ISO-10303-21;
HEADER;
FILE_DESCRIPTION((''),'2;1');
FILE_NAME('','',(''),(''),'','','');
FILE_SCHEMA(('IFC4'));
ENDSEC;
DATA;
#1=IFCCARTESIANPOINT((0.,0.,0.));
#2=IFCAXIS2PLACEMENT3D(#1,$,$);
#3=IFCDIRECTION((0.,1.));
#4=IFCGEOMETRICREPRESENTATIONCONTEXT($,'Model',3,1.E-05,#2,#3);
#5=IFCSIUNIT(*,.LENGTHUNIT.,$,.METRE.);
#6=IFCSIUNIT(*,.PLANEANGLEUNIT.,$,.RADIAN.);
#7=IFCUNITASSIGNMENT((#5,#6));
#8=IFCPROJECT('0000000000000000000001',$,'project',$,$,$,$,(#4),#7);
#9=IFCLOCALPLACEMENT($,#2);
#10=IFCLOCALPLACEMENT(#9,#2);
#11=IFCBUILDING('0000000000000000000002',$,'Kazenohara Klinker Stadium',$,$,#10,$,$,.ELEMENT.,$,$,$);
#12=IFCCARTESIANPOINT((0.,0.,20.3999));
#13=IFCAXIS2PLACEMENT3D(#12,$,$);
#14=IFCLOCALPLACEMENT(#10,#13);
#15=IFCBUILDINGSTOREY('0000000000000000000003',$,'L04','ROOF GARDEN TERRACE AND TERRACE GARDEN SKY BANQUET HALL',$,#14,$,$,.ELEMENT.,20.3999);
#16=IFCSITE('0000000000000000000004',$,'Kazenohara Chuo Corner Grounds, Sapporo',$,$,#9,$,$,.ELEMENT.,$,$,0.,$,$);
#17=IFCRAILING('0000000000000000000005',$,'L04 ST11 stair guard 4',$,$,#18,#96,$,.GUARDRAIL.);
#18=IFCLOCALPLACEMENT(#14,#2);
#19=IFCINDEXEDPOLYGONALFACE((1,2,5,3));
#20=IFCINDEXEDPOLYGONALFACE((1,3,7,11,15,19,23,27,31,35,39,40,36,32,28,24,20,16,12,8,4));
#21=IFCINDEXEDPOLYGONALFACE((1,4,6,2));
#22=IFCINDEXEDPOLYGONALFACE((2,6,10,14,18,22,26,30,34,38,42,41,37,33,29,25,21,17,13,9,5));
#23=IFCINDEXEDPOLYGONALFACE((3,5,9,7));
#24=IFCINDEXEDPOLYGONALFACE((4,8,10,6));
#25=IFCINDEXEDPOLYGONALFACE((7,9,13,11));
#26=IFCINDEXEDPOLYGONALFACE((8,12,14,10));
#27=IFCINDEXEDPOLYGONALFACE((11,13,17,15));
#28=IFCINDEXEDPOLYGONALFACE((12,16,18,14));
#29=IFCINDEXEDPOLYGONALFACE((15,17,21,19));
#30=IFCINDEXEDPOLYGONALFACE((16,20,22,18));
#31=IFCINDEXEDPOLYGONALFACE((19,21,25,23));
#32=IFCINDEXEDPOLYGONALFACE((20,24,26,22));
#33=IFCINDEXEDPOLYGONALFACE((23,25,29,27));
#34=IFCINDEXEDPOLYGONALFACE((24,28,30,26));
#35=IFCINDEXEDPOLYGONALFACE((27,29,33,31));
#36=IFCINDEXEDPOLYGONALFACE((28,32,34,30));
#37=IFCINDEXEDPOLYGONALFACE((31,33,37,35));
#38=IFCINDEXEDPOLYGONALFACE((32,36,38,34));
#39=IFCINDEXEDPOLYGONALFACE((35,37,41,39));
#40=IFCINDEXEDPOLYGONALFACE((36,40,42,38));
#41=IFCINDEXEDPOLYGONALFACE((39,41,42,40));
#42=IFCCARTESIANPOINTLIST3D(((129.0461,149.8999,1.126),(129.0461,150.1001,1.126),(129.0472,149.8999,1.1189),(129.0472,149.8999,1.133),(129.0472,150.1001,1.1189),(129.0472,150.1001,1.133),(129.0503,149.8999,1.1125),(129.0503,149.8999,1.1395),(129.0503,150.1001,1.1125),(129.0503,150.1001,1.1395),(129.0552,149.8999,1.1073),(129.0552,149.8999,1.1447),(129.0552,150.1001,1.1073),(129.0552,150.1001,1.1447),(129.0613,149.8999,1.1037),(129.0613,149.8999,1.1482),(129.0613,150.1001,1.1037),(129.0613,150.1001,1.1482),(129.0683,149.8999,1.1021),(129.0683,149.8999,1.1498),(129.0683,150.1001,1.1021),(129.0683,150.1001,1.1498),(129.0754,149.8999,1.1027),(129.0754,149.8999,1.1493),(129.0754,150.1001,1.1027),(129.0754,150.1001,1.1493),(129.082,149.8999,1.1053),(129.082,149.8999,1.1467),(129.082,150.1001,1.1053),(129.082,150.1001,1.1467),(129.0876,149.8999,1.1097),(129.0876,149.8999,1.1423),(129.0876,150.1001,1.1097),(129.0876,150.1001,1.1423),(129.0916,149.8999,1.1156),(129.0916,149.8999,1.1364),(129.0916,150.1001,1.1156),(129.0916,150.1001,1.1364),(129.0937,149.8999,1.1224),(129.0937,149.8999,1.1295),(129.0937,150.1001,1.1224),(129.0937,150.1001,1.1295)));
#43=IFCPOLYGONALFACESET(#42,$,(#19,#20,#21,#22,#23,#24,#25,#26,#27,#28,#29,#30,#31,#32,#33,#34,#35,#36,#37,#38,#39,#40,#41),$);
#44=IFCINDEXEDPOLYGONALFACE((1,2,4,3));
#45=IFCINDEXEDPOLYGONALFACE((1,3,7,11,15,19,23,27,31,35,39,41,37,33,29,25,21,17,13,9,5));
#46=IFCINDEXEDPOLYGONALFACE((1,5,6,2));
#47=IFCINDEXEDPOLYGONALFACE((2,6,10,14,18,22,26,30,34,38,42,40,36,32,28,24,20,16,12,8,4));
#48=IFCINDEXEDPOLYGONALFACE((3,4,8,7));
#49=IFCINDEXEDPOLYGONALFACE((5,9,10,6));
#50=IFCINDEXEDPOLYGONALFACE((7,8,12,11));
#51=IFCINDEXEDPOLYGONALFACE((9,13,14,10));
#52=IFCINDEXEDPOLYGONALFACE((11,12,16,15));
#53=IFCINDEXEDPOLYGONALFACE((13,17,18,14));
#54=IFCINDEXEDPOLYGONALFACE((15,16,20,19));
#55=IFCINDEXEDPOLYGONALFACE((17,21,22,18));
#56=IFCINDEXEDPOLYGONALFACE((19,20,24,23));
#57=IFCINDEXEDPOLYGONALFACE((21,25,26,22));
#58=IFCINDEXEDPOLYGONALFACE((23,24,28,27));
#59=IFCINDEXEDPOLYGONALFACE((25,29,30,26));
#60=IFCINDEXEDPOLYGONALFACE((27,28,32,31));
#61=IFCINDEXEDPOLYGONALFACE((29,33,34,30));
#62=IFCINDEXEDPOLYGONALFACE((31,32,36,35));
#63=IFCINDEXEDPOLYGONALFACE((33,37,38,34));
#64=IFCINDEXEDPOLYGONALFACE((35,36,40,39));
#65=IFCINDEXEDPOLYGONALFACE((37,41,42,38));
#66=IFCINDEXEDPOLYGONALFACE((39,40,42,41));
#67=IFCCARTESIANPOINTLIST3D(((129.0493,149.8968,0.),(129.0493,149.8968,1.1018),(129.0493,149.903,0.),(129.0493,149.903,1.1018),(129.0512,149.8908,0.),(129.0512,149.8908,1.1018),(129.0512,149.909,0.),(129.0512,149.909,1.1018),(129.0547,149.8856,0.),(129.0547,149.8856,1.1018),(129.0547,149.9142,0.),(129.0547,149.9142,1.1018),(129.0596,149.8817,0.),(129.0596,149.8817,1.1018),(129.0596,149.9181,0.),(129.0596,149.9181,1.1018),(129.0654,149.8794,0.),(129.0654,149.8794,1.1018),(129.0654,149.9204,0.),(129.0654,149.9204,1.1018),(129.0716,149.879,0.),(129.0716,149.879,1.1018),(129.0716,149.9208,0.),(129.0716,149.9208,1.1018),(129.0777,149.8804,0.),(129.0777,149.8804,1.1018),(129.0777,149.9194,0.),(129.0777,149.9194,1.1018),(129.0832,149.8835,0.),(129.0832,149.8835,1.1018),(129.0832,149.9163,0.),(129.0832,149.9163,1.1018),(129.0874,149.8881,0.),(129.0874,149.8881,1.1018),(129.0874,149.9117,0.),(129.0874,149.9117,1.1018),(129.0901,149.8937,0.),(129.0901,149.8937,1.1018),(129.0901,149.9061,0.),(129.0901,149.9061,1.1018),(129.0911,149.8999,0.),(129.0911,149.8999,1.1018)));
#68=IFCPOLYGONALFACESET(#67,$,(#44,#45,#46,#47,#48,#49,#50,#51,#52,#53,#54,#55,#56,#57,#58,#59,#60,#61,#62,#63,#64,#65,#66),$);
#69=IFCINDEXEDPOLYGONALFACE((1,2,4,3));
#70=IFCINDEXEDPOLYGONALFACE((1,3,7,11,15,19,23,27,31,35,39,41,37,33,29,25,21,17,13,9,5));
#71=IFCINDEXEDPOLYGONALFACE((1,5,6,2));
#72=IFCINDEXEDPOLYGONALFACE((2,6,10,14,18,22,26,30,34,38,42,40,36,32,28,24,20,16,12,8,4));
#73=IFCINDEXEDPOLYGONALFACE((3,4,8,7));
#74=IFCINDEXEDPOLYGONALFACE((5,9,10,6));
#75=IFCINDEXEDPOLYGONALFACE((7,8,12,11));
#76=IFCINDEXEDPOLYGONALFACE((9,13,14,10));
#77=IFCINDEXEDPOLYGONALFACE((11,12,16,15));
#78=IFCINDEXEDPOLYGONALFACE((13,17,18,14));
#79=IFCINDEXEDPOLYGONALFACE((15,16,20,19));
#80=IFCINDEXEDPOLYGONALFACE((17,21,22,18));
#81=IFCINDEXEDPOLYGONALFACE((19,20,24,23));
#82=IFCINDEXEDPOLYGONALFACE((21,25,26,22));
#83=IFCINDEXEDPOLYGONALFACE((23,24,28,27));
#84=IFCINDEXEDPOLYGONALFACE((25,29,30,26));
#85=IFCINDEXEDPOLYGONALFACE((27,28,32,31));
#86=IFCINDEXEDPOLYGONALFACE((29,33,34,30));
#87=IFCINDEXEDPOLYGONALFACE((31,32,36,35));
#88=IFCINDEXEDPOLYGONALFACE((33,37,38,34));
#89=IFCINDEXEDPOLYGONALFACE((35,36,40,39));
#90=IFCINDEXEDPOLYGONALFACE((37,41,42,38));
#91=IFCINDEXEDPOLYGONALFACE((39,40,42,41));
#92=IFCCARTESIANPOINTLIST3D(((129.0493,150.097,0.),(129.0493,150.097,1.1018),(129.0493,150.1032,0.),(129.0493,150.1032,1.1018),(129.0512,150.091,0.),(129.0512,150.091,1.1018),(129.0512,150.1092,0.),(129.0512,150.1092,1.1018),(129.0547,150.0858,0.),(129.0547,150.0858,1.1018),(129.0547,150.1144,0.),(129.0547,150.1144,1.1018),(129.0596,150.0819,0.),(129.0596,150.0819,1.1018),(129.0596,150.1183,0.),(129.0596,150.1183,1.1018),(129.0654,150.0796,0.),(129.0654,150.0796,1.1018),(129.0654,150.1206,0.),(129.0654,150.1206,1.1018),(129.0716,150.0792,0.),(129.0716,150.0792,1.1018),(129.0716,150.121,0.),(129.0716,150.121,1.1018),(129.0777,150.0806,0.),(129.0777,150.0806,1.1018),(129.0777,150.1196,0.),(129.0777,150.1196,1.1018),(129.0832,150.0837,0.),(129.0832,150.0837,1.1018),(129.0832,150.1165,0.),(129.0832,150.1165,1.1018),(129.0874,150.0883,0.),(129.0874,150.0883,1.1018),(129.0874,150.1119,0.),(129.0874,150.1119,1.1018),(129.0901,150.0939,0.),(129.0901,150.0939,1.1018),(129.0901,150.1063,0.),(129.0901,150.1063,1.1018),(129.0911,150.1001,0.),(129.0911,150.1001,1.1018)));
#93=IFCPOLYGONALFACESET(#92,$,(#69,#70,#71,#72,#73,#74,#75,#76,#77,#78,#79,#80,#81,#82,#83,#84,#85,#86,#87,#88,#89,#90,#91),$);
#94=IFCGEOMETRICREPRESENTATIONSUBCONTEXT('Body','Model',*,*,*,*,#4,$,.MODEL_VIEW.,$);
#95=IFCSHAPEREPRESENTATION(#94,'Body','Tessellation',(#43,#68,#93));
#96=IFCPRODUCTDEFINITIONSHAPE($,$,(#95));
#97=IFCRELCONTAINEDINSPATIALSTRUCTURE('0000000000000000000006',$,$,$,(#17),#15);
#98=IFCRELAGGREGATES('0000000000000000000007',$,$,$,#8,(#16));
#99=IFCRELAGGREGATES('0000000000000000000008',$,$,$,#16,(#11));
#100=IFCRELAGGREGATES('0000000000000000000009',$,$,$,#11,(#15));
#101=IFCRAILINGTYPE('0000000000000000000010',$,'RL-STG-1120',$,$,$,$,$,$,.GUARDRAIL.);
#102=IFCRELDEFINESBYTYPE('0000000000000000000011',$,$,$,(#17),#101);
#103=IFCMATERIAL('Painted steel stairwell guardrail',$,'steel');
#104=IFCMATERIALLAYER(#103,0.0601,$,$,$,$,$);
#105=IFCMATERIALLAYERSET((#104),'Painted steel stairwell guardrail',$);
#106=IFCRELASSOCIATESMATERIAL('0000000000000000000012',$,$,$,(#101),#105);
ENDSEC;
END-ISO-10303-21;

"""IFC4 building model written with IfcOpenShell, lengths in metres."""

from ifc_helpers import new_model, si_unit, direction, frame, origin, origin_2d, place, context, subcontext, project, spatial, circle, extrude, material, layer, layer_set, type_object, element, save


model = new_model("IFC4")

# Units and contexts
model_context = context("Model", 3, precision=1e-05, world=origin(), true_north=direction((0.0, 1.0)))
body_context = subcontext(model_context, "Body", "Model", "MODEL_VIEW")
ifc_project = project(units=[si_unit("LENGTHUNIT", "METRE"), si_unit("PLANEANGLEUNIT", "RADIAN")], contexts=[model_context])

# Site, building, storey
site_placement = place(None, origin())
site = spatial("IfcSite", under=ifc_project, at=site_placement, Name="Kazenohara Chuo Corner Grounds, Sapporo", CompositionType="ELEMENT", RefElevation=0.0)
building_placement = place(site_placement, origin())
building = spatial("IfcBuilding", under=site, at=building_placement, Name="Kazenohara Klinker Stadium", CompositionType="ELEMENT")
storey_placement = place(building_placement, frame((0.0, 0.0, 20.3999)))
storey = spatial("IfcBuildingStorey", under=building, at=storey_placement, Name="L04", Description="ROOF GARDEN TERRACE AND TERRACE GARDEN SKY BANQUET HALL", CompositionType="ELEMENT", Elevation=20.3999)

# Railing
ifc_material_1 = material(Name="Painted steel stairwell guardrail", Category="steel")
ifc_layer_1 = layer(ifc_material_1, 0.0601)
ifc_layer_set_1 = layer_set([ifc_layer_1], Name="Painted steel stairwell guardrail")
railing_type_1 = type_object("IfcRailingType", Name="RL-STG-1120", PredefinedType="GUARDRAIL", material=ifc_layer_set_1)
railing_1_placement = place(storey_placement, frame((129.0701, 149.8999, 0.0)))
element("IfcRailing", 1, at=railing_1_placement, inside=storey, type_object=railing_type_1, Name="L04 ST11 stair guard 4", PredefinedType="GUARDRAIL", context=body_context, shape_type="SweptSolid", body=[
    extrude(circle(Radius=0.0239, at=origin_2d()), frame((0.0, 0.0, 1.126), z_axis=(0.0, 1.0, 0.0), x_axis=(-1.0, 0.0, 0.0)), (0.0, 0.0, 1.0), 0.2002),
    extrude(circle(Radius=0.021, at=origin_2d()), origin(), (0.0, 0.0, 1.0), 1.1018),
    extrude(circle(Radius=0.021, at=origin_2d()), frame((0.0, 0.2002, 0.0)), (0.0, 0.0, 1.0), 1.1018),
])

save(model, "model.ifc")
